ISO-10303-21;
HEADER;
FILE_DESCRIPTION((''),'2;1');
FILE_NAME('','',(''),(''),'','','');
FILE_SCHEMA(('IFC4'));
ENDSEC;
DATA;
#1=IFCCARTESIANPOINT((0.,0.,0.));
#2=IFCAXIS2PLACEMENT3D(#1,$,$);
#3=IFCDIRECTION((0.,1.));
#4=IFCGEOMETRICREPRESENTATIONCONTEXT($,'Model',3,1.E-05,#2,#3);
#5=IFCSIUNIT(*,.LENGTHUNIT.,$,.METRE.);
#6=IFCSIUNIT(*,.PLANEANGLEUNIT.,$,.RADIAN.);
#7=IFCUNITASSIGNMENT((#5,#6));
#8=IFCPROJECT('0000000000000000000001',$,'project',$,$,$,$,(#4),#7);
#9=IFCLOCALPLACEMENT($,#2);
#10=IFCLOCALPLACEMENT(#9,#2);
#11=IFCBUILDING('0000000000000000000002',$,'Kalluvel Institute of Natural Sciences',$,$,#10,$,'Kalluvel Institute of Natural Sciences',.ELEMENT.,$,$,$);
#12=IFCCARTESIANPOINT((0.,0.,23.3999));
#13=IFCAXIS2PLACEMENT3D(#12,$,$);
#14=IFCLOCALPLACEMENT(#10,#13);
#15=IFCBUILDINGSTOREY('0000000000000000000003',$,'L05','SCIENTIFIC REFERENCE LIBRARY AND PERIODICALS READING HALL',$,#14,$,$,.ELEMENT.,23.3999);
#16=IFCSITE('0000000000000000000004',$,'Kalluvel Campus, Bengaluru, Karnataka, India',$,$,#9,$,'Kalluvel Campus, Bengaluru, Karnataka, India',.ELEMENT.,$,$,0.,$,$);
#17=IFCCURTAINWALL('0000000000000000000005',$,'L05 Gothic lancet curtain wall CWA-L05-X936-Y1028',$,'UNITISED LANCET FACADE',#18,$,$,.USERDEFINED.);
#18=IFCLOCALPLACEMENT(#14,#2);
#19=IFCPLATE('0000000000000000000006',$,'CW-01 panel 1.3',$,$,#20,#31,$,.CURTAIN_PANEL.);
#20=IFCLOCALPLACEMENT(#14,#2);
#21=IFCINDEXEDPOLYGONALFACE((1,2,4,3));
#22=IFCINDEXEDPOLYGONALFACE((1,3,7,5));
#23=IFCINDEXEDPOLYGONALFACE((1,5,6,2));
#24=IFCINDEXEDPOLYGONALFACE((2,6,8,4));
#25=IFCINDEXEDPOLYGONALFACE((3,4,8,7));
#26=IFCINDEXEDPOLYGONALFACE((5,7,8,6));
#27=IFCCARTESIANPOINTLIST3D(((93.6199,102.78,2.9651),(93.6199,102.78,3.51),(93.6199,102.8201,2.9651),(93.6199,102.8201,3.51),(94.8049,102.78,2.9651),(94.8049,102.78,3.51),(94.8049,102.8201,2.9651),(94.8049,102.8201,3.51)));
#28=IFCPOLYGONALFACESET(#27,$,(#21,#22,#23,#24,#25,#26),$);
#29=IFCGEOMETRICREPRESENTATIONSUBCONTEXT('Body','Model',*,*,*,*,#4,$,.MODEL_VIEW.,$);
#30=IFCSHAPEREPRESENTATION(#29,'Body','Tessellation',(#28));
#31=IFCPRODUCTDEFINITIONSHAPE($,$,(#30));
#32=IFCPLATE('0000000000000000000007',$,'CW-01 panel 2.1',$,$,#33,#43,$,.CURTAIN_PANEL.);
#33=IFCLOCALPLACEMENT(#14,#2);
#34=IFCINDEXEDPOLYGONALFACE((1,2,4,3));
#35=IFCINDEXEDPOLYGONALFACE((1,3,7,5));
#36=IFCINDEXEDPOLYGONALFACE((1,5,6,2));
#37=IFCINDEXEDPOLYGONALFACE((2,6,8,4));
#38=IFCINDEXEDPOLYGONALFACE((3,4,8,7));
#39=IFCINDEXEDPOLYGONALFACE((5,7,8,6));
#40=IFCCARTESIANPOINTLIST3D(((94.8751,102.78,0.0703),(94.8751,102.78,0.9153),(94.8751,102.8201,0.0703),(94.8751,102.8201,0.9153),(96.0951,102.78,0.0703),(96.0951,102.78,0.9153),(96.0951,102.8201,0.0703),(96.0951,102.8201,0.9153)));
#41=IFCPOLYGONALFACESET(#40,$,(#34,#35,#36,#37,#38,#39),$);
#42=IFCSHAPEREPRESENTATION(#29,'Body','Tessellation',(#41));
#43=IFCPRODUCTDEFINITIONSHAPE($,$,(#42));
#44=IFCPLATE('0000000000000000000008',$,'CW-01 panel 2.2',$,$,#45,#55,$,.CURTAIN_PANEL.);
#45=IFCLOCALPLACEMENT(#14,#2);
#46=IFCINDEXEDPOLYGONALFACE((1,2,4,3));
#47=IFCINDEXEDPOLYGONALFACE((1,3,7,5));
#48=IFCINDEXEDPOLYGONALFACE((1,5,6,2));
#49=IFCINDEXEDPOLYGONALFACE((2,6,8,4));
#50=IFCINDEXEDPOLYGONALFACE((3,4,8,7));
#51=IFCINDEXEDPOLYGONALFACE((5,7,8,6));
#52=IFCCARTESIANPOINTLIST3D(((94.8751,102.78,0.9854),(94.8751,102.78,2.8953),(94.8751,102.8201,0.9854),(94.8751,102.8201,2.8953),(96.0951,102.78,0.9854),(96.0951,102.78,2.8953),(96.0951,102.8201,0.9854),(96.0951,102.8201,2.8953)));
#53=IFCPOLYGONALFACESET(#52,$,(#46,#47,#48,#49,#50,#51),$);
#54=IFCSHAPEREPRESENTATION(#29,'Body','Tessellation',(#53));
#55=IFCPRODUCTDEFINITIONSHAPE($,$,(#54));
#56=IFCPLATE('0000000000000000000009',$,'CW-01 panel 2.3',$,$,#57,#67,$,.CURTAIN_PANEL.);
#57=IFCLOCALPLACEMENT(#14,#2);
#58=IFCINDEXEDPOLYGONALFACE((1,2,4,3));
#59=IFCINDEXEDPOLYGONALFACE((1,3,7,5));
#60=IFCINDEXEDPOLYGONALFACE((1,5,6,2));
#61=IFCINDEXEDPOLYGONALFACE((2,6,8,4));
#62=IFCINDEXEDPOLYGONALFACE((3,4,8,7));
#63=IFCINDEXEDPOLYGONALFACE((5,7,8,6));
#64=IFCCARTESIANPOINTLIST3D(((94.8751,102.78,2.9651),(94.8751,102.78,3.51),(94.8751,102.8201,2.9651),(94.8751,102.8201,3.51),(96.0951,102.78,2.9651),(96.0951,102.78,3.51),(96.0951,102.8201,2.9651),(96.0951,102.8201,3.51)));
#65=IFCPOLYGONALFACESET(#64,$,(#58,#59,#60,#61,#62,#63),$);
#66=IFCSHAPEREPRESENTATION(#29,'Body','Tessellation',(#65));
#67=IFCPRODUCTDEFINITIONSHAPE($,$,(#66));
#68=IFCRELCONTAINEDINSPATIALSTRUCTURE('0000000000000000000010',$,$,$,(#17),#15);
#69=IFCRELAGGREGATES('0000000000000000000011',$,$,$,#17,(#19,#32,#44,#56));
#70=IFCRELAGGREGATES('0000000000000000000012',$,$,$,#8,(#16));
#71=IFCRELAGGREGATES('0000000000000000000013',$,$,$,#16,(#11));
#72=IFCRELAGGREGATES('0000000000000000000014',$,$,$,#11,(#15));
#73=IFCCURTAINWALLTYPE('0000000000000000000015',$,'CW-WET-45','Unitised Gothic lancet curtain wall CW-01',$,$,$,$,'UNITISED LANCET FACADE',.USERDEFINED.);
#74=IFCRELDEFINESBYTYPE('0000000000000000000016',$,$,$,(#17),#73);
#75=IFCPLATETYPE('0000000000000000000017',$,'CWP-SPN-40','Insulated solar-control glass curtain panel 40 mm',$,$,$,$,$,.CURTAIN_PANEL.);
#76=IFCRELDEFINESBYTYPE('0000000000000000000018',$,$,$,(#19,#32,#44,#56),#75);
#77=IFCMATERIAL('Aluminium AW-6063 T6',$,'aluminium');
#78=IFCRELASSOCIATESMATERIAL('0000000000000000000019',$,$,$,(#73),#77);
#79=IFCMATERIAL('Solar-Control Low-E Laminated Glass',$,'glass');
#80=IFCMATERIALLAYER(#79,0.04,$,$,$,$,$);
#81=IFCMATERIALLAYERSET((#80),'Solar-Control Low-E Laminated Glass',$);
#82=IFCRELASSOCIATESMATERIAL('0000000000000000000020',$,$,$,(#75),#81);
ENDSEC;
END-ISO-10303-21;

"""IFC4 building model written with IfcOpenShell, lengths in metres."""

from ifc_helpers import new_model, si_unit, direction, frame, origin, origin_2d, place, context, subcontext, project, spatial, rectangle, extrude, material, layer, layer_set, type_object, element, aggregate, save


model = new_model("IFC4")

# Units and contexts
model_context = context("Model", 3, precision=1e-05, world=origin(), true_north=direction((0.0, 1.0)))
body_context = subcontext(model_context, "Body", "Model", "MODEL_VIEW")
ifc_project = project(units=[si_unit("LENGTHUNIT", "METRE"), si_unit("PLANEANGLEUNIT", "RADIAN")], contexts=[model_context])

# Site, building, storey
site_placement = place(None, origin())
site = spatial("IfcSite", under=ifc_project, at=site_placement, Name="Kalluvel Campus, Bengaluru, Karnataka, India", LongName="Kalluvel Campus, Bengaluru, Karnataka, India", CompositionType="ELEMENT", RefElevation=0.0)
building_placement = place(site_placement, origin())
building = spatial("IfcBuilding", under=site, at=building_placement, Name="Kalluvel Institute of Natural Sciences", LongName="Kalluvel Institute of Natural Sciences", CompositionType="ELEMENT")
storey_placement = place(building_placement, frame((0.0, 0.0, 23.3999)))
storey = spatial("IfcBuildingStorey", under=building, at=storey_placement, Name="L05", Description="SCIENTIFIC REFERENCE LIBRARY AND PERIODICALS READING HALL", CompositionType="ELEMENT", Elevation=23.3999)

# Curtain wall
ifc_material_1 = material(Name="Aluminium AW-6063 T6", Category="aluminium")
curtain_wall_type = type_object("IfcCurtainWallType", Name="CW-WET-45", Description="Unitised Gothic lancet curtain wall CW-01", ElementType="UNITISED LANCET FACADE", PredefinedType="USERDEFINED", material=ifc_material_1)
curtain_wall_1_placement = place(storey_placement, origin())
curtain_wall_1 = element("IfcCurtainWall", 1, at=curtain_wall_1_placement, inside=storey, type_object=curtain_wall_type, Name="L05 Gothic lancet curtain wall CWA-L05-X936-Y1028", ObjectType="UNITISED LANCET FACADE", PredefinedType="USERDEFINED")

# Plates
ifc_material_2 = material(Name="Solar-Control Low-E Laminated Glass", Category="glass")
ifc_layer = layer(ifc_material_2, 0.04)
ifc_layer_set = layer_set([ifc_layer], Name="Solar-Control Low-E Laminated Glass")
plate_type = type_object("IfcPlateType", Name="CWP-SPN-40", Description="Insulated solar-control glass curtain panel 40 mm", PredefinedType="CURTAIN_PANEL", material=ifc_layer_set)
plate_1_placement = place(storey_placement, frame((94.2124, 102.8, 2.9651), z_axis=(0.0, 0.0, 1.0), x_axis=(1.0, 0.0, 0.0)))
plate_1 = element("IfcPlate", 2, at=plate_1_placement, type_object=plate_type, Name="CW-01 panel 1.3", PredefinedType="CURTAIN_PANEL", context=body_context, shape_type="SweptSolid", body=[
    extrude(rectangle(XDim=1.1851, YDim=0.04, at=origin_2d()), origin(), (0.0, 0.0, 1.0), 0.5449),
])
plate_2_placement = place(storey_placement, frame((95.4851, 102.8, 0.0703), z_axis=(0.0, 0.0, 1.0), x_axis=(1.0, 0.0, 0.0)))
plate_2 = element("IfcPlate", 3, at=plate_2_placement, type_object=plate_type, Name="CW-01 panel 2.1", PredefinedType="CURTAIN_PANEL", context=body_context, shape_type="SweptSolid", body=[
    extrude(rectangle(XDim=1.22, YDim=0.04, at=origin_2d()), origin(), (0.0, 0.0, 1.0), 0.845),
])
plate_3_placement = place(storey_placement, frame((95.4851, 102.8, 0.9854), z_axis=(0.0, 0.0, 1.0), x_axis=(1.0, 0.0, 0.0)))
plate_3 = element("IfcPlate", 4, at=plate_3_placement, type_object=plate_type, Name="CW-01 panel 2.2", PredefinedType="CURTAIN_PANEL", context=body_context, shape_type="SweptSolid", body=[
    extrude(rectangle(XDim=1.22, YDim=0.04, at=origin_2d()), origin(), (0.0, 0.0, 1.0), 1.9099),
])
plate_4_placement = place(storey_placement, frame((95.4851, 102.8, 2.9651), z_axis=(0.0, 0.0, 1.0), x_axis=(1.0, 0.0, 0.0)))
plate_4 = element("IfcPlate", 5, at=plate_4_placement, type_object=plate_type, Name="CW-01 panel 2.3", PredefinedType="CURTAIN_PANEL", context=body_context, shape_type="SweptSolid", body=[
    extrude(rectangle(XDim=1.22, YDim=0.04, at=origin_2d()), origin(), (0.0, 0.0, 1.0), 0.5449),
])
aggregate(curtain_wall_1, [plate_1, plate_2, plate_3, plate_4])

save(model, "model.ifc")
